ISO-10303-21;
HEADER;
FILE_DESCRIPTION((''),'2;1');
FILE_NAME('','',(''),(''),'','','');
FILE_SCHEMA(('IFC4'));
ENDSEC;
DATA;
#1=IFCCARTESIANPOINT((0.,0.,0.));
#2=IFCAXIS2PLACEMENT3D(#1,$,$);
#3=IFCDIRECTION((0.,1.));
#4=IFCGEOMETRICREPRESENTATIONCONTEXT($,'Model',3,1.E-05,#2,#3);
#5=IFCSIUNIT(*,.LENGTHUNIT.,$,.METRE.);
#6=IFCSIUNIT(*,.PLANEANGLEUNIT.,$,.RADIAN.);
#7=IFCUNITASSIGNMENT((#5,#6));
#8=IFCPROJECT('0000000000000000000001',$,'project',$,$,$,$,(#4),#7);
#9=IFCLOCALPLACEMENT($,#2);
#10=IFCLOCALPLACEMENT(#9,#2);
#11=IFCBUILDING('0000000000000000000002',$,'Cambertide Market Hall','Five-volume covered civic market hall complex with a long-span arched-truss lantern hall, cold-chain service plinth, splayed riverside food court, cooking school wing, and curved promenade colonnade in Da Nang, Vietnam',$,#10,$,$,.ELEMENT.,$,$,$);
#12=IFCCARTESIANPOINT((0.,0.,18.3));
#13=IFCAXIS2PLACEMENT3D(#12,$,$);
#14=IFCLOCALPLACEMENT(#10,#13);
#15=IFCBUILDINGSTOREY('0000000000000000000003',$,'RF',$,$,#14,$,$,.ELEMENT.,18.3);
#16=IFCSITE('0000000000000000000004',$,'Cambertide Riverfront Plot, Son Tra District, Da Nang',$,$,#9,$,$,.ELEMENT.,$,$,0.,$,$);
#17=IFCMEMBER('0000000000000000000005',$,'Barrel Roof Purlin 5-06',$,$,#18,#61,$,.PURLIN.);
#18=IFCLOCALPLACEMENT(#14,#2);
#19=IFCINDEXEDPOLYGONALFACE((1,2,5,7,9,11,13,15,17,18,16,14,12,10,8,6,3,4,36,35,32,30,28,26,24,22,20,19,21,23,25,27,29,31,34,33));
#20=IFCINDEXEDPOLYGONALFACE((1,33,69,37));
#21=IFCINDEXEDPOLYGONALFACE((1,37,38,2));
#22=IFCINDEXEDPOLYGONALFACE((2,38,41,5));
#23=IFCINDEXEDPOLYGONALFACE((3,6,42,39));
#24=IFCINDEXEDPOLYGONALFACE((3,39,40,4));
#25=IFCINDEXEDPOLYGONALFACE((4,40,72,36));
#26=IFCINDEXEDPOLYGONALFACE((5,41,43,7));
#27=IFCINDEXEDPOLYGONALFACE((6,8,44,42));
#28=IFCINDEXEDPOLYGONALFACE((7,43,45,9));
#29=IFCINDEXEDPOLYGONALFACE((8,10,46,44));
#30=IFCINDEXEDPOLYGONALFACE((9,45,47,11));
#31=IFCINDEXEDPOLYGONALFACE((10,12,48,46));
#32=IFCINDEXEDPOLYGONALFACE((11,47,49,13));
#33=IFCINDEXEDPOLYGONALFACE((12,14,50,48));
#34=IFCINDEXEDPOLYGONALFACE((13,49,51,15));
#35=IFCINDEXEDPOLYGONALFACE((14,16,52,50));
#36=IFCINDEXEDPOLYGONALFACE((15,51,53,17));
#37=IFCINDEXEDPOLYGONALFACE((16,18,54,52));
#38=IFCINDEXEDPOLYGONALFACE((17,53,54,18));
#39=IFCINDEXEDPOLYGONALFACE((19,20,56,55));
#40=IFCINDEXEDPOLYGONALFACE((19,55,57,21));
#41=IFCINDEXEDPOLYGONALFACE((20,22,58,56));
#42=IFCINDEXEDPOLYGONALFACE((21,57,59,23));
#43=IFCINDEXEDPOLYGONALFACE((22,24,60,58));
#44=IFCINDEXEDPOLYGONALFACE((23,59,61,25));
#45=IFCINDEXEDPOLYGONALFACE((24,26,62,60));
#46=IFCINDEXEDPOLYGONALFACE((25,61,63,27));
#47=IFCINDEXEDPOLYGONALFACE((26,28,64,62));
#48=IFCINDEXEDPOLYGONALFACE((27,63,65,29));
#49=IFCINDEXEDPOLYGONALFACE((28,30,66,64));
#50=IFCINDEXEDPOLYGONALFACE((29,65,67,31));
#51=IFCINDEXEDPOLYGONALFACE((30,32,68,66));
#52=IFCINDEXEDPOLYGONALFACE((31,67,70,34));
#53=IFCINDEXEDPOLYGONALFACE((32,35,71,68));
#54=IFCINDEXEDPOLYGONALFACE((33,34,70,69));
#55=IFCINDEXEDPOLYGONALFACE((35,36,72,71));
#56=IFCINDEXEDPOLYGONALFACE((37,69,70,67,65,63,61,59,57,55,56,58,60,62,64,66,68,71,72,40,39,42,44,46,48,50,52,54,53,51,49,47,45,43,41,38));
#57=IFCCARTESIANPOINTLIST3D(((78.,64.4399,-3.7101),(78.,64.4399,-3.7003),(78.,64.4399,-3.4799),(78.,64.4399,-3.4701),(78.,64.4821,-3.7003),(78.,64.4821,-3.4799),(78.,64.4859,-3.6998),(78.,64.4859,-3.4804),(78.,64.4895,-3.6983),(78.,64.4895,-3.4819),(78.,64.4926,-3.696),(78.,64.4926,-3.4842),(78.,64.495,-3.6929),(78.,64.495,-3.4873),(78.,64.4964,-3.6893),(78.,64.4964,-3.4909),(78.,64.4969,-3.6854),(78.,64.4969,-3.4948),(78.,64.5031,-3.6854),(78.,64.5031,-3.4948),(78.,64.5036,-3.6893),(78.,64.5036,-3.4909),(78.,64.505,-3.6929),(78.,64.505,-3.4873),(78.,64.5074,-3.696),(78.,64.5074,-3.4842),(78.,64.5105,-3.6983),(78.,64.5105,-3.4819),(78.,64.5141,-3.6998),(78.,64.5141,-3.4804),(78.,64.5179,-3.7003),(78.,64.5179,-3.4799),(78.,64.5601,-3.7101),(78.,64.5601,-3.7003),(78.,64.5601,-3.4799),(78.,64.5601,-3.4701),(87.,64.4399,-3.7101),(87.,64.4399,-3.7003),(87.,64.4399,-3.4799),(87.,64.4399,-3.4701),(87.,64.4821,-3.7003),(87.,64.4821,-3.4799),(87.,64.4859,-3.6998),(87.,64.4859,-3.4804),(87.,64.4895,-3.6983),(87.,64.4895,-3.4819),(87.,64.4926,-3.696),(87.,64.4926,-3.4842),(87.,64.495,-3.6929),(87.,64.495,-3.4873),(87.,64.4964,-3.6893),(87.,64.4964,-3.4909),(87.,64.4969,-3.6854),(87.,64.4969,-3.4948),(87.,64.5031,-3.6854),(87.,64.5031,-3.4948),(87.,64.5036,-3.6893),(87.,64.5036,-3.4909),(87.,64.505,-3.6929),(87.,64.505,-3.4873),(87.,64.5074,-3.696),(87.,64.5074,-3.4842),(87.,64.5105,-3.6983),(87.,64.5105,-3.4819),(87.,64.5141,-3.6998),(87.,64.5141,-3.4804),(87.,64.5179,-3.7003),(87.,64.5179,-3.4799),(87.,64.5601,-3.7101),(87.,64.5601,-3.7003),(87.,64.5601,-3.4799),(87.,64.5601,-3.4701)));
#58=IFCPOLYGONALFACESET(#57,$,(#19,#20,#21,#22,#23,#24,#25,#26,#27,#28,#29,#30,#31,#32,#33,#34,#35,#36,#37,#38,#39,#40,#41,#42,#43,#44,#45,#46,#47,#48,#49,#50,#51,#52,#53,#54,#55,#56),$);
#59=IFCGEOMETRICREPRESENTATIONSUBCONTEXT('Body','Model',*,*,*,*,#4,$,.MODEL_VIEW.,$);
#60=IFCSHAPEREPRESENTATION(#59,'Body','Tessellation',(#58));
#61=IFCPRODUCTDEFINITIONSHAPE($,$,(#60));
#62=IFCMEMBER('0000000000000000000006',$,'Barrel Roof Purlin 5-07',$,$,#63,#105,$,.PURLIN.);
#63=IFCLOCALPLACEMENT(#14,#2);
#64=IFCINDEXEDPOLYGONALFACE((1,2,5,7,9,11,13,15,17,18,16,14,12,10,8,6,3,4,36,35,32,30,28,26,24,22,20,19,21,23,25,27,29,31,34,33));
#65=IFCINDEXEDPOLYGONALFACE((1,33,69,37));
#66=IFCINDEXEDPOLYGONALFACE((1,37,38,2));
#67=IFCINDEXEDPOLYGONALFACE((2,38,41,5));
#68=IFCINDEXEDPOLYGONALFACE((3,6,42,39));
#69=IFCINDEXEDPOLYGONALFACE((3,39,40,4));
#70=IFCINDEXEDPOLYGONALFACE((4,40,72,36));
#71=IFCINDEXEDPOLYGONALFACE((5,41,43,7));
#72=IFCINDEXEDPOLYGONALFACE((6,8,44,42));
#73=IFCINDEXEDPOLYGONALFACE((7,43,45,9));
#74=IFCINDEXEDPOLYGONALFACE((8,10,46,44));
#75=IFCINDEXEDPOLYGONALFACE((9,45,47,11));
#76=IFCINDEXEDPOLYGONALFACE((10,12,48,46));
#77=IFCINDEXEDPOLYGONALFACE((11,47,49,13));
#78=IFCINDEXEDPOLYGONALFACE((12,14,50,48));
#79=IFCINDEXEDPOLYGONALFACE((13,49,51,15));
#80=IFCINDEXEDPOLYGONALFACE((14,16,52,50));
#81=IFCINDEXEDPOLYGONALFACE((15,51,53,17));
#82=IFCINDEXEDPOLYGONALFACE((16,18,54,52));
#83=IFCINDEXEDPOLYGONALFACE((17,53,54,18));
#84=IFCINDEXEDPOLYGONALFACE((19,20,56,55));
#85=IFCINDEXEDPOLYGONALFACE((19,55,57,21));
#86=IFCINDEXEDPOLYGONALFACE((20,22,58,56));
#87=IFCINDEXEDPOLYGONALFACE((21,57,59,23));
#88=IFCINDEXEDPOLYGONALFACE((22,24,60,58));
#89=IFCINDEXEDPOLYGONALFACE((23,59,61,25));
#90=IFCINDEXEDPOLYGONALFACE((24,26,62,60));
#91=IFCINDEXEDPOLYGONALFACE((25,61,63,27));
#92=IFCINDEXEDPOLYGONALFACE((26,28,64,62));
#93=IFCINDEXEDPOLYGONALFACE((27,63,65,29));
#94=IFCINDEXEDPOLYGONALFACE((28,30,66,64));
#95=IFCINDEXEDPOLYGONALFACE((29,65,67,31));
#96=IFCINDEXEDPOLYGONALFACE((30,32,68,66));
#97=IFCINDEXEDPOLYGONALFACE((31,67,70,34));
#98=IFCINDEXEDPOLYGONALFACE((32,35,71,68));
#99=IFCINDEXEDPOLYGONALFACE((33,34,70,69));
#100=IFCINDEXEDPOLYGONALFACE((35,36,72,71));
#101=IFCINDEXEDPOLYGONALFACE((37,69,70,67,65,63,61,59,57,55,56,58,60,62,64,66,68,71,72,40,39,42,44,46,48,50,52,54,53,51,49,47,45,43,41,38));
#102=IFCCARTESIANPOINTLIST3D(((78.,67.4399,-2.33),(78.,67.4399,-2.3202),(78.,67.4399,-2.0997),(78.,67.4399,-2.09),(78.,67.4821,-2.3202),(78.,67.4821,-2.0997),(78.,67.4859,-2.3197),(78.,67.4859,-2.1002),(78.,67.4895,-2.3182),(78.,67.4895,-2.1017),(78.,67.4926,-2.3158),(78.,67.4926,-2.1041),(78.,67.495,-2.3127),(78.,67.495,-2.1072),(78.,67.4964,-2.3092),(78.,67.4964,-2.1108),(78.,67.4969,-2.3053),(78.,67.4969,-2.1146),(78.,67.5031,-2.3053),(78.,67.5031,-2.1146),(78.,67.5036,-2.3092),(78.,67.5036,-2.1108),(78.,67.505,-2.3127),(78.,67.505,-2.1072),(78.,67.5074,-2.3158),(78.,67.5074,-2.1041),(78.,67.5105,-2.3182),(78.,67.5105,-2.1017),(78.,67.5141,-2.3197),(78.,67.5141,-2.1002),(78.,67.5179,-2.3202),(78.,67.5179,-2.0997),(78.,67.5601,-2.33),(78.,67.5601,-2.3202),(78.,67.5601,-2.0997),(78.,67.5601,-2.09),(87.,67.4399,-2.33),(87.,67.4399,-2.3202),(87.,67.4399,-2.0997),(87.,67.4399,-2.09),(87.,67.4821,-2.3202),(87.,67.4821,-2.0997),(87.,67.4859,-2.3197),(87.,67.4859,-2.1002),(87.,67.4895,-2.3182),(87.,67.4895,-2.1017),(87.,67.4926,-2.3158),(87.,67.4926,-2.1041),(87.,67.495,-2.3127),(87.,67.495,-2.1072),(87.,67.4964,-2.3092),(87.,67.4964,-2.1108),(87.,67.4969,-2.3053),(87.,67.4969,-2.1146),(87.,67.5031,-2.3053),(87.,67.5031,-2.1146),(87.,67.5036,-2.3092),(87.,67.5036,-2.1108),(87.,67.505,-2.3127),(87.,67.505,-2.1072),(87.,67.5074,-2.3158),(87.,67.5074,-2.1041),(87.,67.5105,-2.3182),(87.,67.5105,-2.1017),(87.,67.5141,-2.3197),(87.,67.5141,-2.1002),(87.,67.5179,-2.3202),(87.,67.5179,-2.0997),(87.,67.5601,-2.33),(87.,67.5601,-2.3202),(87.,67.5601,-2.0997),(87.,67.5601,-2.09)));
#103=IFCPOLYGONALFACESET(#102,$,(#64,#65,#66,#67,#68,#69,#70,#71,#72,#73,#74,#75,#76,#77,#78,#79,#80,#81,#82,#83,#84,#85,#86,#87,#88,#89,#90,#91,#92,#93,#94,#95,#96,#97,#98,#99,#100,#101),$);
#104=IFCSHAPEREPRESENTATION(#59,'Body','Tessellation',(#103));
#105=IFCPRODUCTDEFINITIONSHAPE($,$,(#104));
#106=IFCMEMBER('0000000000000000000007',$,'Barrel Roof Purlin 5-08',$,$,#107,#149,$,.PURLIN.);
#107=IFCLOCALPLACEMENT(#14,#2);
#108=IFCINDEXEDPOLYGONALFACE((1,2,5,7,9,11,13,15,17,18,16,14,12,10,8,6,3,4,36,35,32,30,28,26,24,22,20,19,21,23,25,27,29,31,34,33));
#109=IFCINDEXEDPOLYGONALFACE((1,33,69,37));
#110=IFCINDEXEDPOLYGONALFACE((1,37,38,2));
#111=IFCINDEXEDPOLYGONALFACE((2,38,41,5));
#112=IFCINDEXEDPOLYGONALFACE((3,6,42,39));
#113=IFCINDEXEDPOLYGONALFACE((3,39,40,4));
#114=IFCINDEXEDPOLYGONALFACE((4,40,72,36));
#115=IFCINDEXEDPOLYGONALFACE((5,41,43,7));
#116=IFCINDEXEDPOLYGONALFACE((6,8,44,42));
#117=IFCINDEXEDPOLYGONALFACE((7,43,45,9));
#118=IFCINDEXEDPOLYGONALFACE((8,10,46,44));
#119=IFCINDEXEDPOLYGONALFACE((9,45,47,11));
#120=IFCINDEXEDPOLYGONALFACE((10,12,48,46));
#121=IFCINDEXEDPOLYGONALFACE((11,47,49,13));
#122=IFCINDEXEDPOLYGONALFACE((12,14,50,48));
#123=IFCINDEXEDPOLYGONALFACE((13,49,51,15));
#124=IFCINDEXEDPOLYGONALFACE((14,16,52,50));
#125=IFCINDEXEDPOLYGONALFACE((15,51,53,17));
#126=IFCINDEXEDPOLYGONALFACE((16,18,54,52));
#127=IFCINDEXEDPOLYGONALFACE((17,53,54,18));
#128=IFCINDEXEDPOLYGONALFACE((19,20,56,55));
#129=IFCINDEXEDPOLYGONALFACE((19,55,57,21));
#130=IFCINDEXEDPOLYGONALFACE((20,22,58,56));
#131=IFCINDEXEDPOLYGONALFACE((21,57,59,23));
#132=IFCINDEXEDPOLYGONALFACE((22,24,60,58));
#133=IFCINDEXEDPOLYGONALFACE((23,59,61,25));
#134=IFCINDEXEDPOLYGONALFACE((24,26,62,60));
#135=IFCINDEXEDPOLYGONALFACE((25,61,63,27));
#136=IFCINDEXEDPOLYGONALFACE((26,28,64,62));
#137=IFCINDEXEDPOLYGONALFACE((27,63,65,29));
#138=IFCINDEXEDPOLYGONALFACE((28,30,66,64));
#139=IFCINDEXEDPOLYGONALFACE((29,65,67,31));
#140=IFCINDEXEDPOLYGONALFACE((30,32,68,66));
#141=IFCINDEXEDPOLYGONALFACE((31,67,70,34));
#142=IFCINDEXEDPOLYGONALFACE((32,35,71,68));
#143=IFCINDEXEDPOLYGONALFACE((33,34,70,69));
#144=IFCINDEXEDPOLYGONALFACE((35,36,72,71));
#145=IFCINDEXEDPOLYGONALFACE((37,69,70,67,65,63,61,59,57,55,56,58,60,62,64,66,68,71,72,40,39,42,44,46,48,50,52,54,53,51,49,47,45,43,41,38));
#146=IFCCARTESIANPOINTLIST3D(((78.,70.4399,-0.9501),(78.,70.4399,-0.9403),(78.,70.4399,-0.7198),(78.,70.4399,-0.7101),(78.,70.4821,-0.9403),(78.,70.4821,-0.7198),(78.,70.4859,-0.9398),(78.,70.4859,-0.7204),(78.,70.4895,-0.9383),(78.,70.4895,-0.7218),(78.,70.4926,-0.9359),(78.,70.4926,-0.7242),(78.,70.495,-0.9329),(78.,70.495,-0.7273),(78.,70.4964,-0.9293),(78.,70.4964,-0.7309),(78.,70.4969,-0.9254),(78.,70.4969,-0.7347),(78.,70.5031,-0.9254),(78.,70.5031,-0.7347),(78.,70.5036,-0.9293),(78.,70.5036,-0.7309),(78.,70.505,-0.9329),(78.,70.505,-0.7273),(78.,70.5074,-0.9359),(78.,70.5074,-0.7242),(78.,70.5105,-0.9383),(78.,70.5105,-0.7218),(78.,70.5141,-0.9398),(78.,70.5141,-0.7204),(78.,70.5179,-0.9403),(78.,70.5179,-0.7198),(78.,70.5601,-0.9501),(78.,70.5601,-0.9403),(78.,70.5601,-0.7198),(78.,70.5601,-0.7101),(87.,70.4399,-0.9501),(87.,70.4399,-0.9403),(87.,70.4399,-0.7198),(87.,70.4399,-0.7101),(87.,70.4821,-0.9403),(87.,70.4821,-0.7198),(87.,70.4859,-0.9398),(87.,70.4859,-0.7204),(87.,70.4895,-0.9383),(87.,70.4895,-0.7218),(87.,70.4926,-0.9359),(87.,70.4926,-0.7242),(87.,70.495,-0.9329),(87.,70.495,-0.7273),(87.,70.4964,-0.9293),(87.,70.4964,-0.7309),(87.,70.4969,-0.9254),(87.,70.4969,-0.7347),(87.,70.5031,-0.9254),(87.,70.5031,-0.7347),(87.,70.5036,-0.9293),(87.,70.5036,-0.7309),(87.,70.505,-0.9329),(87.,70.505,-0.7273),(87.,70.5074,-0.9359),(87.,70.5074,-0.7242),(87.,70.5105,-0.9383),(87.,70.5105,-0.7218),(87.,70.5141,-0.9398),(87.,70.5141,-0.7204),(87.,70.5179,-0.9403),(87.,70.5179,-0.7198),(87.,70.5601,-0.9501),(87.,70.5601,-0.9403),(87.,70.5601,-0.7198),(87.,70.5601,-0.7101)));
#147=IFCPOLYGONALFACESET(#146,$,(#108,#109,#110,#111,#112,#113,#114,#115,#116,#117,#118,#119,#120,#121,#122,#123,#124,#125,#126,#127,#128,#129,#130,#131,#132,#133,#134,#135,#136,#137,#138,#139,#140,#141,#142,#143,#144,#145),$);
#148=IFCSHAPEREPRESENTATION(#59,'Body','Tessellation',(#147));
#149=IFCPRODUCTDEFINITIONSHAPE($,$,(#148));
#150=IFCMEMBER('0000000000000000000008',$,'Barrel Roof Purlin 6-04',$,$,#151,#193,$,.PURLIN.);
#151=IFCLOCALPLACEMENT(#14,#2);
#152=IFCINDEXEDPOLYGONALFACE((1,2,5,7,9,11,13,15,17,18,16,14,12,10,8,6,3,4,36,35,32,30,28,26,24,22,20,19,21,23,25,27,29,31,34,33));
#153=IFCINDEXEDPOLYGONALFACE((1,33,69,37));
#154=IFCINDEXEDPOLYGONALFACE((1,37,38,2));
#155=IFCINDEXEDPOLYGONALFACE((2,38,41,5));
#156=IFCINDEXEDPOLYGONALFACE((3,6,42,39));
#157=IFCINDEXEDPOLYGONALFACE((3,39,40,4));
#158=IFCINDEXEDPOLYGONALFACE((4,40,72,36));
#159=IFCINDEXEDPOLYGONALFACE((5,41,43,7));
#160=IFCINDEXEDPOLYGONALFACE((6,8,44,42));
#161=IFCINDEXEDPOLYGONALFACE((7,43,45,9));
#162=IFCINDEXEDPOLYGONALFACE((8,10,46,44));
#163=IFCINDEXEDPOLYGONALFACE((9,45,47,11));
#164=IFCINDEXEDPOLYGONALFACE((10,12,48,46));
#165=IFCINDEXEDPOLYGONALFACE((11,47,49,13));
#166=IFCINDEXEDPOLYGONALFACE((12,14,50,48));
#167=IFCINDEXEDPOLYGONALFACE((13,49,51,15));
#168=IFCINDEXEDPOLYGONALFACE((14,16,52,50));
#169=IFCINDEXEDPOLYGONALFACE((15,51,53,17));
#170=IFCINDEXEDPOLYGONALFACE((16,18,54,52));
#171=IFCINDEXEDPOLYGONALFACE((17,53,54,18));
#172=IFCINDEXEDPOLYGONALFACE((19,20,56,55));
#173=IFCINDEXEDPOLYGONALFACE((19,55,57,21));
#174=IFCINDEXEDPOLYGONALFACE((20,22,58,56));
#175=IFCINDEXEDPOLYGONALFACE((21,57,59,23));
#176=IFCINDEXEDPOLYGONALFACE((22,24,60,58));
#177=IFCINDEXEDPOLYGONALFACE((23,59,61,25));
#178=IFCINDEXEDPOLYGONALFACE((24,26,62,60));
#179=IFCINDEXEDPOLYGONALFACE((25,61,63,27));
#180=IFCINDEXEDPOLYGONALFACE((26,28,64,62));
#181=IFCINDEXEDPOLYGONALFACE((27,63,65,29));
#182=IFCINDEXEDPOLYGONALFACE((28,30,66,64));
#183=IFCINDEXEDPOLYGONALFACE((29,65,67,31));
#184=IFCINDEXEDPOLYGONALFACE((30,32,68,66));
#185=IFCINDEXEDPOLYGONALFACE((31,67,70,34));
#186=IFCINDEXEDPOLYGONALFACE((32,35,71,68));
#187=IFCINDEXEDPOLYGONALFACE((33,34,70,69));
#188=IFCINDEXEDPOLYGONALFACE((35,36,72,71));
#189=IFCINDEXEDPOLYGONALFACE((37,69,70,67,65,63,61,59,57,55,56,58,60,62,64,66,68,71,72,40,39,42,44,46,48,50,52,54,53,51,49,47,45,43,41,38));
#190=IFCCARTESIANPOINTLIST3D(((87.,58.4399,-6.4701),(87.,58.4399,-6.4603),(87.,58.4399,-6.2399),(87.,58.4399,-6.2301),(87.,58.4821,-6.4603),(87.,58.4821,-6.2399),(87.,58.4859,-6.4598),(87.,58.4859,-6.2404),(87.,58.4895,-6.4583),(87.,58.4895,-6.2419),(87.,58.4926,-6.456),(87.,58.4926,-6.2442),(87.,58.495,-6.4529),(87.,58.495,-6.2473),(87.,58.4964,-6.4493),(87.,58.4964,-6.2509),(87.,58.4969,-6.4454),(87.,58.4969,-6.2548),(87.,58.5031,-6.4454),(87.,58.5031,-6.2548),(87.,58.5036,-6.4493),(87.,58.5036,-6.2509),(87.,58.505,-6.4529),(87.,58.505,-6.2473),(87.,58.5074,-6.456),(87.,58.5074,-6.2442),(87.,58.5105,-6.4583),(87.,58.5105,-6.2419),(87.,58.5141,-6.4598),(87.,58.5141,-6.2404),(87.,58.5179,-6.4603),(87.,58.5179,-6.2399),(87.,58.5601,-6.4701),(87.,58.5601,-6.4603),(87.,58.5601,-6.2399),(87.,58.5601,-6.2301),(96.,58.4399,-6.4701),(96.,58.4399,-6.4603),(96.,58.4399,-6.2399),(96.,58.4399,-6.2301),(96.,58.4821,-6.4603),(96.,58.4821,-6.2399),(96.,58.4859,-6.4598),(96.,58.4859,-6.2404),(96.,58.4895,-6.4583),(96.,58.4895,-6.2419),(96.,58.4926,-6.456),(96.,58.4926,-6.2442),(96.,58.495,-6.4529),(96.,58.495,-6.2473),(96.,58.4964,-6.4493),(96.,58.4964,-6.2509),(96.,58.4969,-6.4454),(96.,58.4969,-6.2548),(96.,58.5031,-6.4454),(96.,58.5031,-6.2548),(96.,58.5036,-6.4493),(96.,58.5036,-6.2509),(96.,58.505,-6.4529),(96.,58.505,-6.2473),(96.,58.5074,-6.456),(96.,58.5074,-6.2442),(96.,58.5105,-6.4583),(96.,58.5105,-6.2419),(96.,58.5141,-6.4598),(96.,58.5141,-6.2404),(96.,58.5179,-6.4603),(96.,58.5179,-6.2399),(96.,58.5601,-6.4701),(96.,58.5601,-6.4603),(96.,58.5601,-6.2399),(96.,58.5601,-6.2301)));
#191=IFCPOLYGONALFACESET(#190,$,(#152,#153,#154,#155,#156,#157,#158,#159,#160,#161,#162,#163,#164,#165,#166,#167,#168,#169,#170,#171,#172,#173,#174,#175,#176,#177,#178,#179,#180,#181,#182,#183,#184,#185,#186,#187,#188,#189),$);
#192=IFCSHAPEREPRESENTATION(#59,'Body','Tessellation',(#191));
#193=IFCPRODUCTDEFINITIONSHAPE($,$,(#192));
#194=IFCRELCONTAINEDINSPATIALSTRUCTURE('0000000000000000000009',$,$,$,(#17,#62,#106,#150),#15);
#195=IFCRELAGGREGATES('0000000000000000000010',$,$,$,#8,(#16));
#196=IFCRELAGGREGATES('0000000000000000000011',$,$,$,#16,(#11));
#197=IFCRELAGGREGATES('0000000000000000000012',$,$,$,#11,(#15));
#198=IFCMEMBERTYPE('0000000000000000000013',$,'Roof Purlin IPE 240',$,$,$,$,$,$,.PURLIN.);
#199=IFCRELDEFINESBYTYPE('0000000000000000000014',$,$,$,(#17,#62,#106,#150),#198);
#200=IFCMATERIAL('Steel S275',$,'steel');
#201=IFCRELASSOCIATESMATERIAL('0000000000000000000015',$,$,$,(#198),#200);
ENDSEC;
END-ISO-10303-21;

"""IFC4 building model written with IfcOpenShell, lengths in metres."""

from ifc_helpers import new_model, si_unit, direction, frame, origin, origin_2d, place, context, subcontext, project, spatial, i_section, extrude, material, material_profile, profile_set, type_object, element, save


model = new_model("IFC4")

# Units and contexts
model_context = context("Model", 3, precision=1e-05, world=origin(), true_north=direction((0.0, 1.0)))
body_context = subcontext(model_context, "Body", "Model", "MODEL_VIEW")
ifc_project = project(units=[si_unit("LENGTHUNIT", "METRE"), si_unit("PLANEANGLEUNIT", "RADIAN")], contexts=[model_context])

# Site, building, storey
site_placement = place(None, origin())
site = spatial("IfcSite", under=ifc_project, at=site_placement, Name="Cambertide Riverfront Plot, Son Tra District, Da Nang", CompositionType="ELEMENT", RefElevation=0.0)
building_placement = place(site_placement, origin())
building = spatial("IfcBuilding", under=site, at=building_placement, Name="Cambertide Market Hall", Description="Five-volume covered civic market hall complex with a long-span arched-truss lantern hall, cold-chain service plinth, splayed riverside food court, cooking school wing, and curved promenade colonnade in Da Nang, Vietnam", CompositionType="ELEMENT")
storey_placement = place(building_placement, frame((0.0, 0.0, 18.3)))
storey = spatial("IfcBuildingStorey", under=building, at=storey_placement, Name="RF", CompositionType="ELEMENT", Elevation=18.3)

# Members
ifc_material_1 = material(Name="Steel S275", Category="steel")
ifc_material_profile_1 = material_profile(ifc_material_1, i_section(OverallWidth=0.1201, OverallDepth=0.24, WebThickness=0.0061, FlangeThickness=0.0098, FilletRadius=0.0149, at=origin_2d()), Name="IPE 240")
ifc_profile_set_1 = profile_set([ifc_material_profile_1], Name="Steel S275")
member_type_1 = type_object("IfcMemberType", Name="Roof Purlin IPE 240", PredefinedType="PURLIN", material=ifc_profile_set_1)
for number, where, z_axis, x_axis, name in (
    (1, (78.0, 64.5, -3.5901), (1.0, 0.0, 0.0), (0.0, 1.0, 0.0), "Barrel Roof Purlin 5-06"),
    (2, (78.0, 67.5, -2.21), (1.0, 0.0, 0.0), (0.0, 1.0, 0.0), "Barrel Roof Purlin 5-07"),
    (3, (78.0, 70.5, -0.8301), (1.0, 0.0, 0.0), (0.0, 1.0, 0.0), "Barrel Roof Purlin 5-08"),
    (4, (87.0, 58.5, -6.3501), (1.0, 0.0, 0.0), (0.0, 1.0, 0.0), "Barrel Roof Purlin 6-04"),
):
    element("IfcMember", number, at=place(storey_placement, frame(where, z_axis=z_axis, x_axis=x_axis)), inside=storey, type_object=member_type_1, Name=name, PredefinedType="PURLIN", context=body_context, shape_type="SweptSolid", body=[
        extrude(i_section(OverallWidth=0.1201, OverallDepth=0.24, WebThickness=0.0061, FlangeThickness=0.0098, FilletRadius=0.0149, at=origin_2d()), origin(), (0.0, 0.0, 1.0), 9.0),
    ])

save(model, "model.ifc")
